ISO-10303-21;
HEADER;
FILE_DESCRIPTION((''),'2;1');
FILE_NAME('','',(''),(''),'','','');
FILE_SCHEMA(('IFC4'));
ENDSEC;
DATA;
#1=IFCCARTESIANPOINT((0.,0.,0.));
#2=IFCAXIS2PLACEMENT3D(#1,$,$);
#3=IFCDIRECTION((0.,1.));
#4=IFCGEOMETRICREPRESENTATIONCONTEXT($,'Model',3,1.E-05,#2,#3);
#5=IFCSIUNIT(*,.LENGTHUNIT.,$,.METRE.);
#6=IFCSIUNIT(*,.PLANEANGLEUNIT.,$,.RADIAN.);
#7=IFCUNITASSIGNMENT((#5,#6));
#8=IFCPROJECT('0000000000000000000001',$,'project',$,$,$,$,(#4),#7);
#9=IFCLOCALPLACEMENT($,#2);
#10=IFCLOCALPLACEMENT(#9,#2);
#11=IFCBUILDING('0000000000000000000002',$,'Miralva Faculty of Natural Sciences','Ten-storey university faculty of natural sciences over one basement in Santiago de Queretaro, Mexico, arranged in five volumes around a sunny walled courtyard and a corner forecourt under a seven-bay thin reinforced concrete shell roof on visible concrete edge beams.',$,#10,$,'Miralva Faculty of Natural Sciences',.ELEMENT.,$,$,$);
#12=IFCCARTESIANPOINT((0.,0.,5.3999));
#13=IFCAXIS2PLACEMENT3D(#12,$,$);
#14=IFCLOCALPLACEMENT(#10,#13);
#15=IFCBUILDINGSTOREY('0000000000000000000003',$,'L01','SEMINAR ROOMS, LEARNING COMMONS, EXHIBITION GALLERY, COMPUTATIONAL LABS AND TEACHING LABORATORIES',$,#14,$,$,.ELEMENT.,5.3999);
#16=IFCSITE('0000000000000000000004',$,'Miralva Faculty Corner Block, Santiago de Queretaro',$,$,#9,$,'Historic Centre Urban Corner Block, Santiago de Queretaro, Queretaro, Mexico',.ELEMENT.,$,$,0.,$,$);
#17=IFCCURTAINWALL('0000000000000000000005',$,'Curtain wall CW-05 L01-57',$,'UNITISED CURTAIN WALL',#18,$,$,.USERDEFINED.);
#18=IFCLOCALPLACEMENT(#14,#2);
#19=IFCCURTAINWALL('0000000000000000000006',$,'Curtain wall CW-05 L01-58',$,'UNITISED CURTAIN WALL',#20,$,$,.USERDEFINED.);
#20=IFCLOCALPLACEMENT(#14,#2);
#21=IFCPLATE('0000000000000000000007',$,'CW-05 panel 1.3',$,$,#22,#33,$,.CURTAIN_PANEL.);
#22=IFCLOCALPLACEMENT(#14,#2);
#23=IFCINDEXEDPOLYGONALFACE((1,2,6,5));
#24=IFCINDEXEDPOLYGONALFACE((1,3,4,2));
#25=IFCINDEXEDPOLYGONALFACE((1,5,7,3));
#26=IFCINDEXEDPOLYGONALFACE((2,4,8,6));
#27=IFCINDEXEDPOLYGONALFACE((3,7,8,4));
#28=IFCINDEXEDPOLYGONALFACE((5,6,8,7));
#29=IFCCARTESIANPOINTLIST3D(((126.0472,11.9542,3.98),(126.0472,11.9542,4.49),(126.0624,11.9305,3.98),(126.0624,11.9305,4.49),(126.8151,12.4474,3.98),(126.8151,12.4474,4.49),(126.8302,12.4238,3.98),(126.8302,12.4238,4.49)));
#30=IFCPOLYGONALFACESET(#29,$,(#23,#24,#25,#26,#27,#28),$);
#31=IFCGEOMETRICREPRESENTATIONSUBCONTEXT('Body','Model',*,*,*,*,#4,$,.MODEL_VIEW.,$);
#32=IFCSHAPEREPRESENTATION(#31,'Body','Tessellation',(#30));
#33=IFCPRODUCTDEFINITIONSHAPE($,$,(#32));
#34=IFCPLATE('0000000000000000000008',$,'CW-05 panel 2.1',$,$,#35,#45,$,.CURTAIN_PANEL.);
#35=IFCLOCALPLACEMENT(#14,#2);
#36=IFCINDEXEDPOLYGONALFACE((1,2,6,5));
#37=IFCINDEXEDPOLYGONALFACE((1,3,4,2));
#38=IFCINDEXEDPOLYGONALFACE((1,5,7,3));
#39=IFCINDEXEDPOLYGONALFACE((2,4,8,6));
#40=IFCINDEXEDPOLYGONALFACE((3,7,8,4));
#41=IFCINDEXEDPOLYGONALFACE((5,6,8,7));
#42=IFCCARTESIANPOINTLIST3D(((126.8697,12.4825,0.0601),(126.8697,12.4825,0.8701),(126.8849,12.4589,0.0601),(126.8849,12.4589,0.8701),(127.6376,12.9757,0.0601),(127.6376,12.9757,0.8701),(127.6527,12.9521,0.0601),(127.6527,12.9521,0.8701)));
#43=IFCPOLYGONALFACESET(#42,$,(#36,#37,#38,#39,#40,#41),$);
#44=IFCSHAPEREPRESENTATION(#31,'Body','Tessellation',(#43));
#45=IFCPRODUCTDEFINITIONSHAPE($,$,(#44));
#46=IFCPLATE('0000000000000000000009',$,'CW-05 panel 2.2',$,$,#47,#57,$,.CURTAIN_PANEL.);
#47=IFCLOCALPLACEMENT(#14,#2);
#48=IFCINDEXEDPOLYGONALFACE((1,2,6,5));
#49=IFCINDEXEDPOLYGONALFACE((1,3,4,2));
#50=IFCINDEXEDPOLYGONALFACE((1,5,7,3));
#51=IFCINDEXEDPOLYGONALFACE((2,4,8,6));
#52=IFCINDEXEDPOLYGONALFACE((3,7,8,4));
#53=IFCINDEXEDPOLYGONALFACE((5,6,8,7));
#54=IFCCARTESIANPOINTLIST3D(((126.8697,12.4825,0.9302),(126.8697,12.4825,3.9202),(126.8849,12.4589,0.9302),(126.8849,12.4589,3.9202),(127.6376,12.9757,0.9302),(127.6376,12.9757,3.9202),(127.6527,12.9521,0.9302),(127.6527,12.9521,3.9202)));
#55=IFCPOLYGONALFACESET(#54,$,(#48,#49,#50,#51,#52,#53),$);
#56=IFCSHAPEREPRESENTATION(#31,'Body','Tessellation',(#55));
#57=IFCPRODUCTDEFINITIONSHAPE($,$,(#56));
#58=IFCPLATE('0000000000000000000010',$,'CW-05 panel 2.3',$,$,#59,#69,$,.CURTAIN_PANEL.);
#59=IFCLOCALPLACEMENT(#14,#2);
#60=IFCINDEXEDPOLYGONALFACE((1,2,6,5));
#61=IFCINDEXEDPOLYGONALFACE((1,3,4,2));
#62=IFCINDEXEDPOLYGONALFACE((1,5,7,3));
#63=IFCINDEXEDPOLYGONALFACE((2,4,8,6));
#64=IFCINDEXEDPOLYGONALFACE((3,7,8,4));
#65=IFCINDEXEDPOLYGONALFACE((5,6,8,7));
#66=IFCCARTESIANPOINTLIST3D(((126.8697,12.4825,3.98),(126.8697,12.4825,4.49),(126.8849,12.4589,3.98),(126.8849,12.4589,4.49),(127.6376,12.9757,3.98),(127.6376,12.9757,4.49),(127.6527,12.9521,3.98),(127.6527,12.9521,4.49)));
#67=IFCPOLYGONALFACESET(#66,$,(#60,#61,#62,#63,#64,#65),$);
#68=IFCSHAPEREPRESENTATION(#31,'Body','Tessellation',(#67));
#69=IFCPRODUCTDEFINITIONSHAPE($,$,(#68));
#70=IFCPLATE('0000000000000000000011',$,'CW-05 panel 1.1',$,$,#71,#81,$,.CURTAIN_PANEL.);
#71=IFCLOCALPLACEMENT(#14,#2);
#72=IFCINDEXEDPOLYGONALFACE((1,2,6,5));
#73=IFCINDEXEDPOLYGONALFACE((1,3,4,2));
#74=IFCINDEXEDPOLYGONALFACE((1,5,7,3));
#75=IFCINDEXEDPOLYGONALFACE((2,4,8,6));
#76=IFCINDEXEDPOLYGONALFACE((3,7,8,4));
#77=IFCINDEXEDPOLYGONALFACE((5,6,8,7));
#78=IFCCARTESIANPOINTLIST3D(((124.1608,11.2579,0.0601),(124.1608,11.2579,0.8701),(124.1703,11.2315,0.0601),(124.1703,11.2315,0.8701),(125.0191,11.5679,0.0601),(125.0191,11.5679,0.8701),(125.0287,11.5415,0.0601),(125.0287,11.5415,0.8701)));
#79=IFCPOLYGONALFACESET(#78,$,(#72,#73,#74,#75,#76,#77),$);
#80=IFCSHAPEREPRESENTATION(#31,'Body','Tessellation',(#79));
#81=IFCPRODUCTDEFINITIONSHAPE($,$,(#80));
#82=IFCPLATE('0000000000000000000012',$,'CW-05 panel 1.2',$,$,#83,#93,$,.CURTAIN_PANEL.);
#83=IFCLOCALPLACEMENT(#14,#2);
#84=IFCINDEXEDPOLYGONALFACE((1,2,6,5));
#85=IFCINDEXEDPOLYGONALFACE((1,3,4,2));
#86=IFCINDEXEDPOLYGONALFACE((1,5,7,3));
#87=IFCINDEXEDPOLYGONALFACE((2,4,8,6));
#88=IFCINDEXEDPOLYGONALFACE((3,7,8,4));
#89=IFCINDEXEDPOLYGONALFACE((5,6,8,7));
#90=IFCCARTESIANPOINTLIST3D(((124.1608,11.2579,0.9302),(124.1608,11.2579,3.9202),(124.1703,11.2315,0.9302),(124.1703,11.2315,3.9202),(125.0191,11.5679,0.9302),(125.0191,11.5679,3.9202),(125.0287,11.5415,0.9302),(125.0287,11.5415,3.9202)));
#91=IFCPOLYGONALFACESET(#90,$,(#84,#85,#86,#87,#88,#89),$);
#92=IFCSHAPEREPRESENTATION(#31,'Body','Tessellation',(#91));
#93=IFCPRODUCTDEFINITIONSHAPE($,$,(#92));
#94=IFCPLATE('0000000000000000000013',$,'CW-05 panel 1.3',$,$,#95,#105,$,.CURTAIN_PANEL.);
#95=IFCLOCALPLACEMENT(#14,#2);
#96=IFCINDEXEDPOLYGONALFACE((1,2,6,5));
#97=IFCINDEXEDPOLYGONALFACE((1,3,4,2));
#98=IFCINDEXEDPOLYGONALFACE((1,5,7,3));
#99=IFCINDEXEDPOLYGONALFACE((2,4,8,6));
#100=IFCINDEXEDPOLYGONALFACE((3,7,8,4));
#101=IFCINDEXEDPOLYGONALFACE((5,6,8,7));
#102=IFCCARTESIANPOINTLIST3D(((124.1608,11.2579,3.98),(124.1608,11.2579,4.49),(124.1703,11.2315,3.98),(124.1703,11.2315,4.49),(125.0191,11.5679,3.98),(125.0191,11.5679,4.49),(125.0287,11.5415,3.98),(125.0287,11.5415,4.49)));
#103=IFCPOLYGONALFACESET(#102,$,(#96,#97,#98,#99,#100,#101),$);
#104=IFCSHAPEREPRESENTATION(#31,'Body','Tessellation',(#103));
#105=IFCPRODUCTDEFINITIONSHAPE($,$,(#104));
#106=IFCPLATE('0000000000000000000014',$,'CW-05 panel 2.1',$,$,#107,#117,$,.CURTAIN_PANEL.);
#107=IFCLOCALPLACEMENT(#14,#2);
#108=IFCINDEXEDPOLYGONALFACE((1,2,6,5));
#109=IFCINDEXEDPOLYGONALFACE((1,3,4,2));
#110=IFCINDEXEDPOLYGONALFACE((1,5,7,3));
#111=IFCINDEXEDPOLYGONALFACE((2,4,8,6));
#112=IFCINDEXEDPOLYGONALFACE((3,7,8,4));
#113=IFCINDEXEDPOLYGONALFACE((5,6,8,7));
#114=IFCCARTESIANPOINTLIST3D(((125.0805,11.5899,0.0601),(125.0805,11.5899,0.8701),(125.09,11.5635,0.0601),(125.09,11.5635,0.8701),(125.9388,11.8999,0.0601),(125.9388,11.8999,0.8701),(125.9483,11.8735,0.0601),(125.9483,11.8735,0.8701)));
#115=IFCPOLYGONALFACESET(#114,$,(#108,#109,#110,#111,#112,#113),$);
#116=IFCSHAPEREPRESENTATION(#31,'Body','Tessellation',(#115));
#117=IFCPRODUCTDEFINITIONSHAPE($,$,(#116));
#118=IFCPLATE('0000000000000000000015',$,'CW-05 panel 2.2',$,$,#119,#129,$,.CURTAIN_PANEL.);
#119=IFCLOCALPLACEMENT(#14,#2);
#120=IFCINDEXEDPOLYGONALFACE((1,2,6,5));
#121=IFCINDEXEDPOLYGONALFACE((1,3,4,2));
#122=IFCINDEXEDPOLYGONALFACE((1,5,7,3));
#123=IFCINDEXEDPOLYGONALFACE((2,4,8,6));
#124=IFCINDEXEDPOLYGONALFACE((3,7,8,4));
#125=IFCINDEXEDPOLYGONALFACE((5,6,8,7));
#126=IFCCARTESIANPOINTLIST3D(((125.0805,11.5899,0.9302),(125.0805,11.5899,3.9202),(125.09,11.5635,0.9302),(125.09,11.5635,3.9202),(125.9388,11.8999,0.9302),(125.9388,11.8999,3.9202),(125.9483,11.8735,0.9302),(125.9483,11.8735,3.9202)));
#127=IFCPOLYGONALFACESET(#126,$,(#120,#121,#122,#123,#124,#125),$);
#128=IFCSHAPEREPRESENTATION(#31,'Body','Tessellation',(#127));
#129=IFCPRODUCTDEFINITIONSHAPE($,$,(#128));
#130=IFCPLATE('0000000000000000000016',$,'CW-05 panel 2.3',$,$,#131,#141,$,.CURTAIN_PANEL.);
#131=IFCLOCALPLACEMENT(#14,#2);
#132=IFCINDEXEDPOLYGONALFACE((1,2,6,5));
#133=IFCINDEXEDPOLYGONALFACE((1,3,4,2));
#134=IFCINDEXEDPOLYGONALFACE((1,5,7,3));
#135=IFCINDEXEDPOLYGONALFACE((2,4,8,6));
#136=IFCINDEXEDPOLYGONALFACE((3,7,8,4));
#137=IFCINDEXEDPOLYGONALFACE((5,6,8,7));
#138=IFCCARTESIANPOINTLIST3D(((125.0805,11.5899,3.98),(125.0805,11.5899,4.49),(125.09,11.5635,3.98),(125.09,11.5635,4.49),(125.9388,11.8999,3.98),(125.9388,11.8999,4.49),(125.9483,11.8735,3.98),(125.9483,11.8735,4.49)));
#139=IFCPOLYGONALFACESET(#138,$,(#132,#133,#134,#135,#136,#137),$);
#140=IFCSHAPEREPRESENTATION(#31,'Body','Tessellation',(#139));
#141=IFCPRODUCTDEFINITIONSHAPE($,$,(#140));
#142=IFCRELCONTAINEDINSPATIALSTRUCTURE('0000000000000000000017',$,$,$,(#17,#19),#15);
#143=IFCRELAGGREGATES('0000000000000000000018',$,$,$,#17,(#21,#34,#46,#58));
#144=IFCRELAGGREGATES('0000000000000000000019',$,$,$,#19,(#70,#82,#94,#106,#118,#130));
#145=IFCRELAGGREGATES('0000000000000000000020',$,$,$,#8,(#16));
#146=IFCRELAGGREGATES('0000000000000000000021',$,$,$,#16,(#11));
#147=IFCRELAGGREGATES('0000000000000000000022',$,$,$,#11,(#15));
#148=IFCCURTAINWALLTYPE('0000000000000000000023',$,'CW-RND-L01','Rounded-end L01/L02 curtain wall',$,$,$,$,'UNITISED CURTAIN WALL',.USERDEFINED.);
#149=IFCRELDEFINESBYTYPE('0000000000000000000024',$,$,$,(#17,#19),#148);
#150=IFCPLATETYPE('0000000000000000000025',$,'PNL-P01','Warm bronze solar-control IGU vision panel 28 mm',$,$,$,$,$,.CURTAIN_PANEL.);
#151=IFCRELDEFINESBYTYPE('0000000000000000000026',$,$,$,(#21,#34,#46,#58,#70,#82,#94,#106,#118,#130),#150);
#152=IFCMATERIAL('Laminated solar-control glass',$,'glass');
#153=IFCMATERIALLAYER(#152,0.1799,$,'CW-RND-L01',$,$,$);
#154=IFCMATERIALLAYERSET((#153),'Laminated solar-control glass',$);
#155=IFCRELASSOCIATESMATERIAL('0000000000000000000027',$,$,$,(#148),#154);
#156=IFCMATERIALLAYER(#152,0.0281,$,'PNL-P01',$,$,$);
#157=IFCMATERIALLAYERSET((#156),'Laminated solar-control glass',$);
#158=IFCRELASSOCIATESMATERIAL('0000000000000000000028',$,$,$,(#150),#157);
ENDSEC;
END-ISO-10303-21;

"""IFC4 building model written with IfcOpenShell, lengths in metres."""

from ifc_helpers import new_model, si_unit, direction, frame, origin, origin_2d, place, context, subcontext, project, spatial, rectangle, extrude, material, layer, layer_set, type_object, element, aggregate, save


model = new_model("IFC4")

# Units and contexts
model_context = context("Model", 3, precision=1e-05, world=origin(), true_north=direction((0.0, 1.0)))
body_context = subcontext(model_context, "Body", "Model", "MODEL_VIEW")
ifc_project = project(units=[si_unit("LENGTHUNIT", "METRE"), si_unit("PLANEANGLEUNIT", "RADIAN")], contexts=[model_context])

# Site, building, storey
site_placement = place(None, origin())
site = spatial("IfcSite", under=ifc_project, at=site_placement, Name="Miralva Faculty Corner Block, Santiago de Queretaro", LongName="Historic Centre Urban Corner Block, Santiago de Queretaro, Queretaro, Mexico", CompositionType="ELEMENT", RefElevation=0.0)
building_placement = place(site_placement, origin())
building = spatial("IfcBuilding", under=site, at=building_placement, Name="Miralva Faculty of Natural Sciences", Description="Ten-storey university faculty of natural sciences over one basement in Santiago de Queretaro, Mexico, arranged in five volumes around a sunny walled courtyard and a corner forecourt under a seven-bay thin reinforced concrete shell roof on visible concrete edge beams.", LongName="Miralva Faculty of Natural Sciences", CompositionType="ELEMENT")
storey_placement = place(building_placement, frame((0.0, 0.0, 5.3999)))
storey = spatial("IfcBuildingStorey", under=building, at=storey_placement, Name="L01", Description="SEMINAR ROOMS, LEARNING COMMONS, EXHIBITION GALLERY, COMPUTATIONAL LABS AND TEACHING LABORATORIES", CompositionType="ELEMENT", Elevation=5.3999)

# Shared definitions
ifc_material_1 = material(Name="Laminated solar-control glass", Category="glass")
ifc_layer_1 = layer(ifc_material_1, 0.1799, Name="CW-RND-L01")
ifc_layer_set_1 = layer_set([ifc_layer_1], Name="Laminated solar-control glass")
curtain_wall_type = type_object("IfcCurtainWallType", Name="CW-RND-L01", Description="Rounded-end L01/L02 curtain wall", ElementType="UNITISED CURTAIN WALL", PredefinedType="USERDEFINED", material=ifc_layer_set_1)

# Curtain walls
curtain_wall_1_placement = place(storey_placement, origin())
curtain_wall_1 = element("IfcCurtainWall", 1, at=curtain_wall_1_placement, inside=storey, type_object=curtain_wall_type, Name="Curtain wall CW-05 L01-57", ObjectType="UNITISED CURTAIN WALL", PredefinedType="USERDEFINED")
curtain_wall_2_placement = place(storey_placement, origin())
curtain_wall_2 = element("IfcCurtainWall", 2, at=curtain_wall_2_placement, inside=storey, type_object=curtain_wall_type, Name="Curtain wall CW-05 L01-58", ObjectType="UNITISED CURTAIN WALL", PredefinedType="USERDEFINED")

# Plates
ifc_layer_2 = layer(ifc_material_1, 0.0281, Name="PNL-P01")
ifc_layer_set_2 = layer_set([ifc_layer_2], Name="Laminated solar-control glass")
plate_type = type_object("IfcPlateType", Name="PNL-P01", Description="Warm bronze solar-control IGU vision panel 28 mm", PredefinedType="CURTAIN_PANEL", material=ifc_layer_set_2)
plate_1_placement = place(storey_placement, frame((126.4387, 12.189, 3.98), z_axis=(0.0, 0.0, 1.0), x_axis=(0.841379, 0.540445, 0.0)))
plate_1 = element("IfcPlate", 3, at=plate_1_placement, type_object=plate_type, Name="CW-05 panel 1.3", PredefinedType="CURTAIN_PANEL", context=body_context, shape_type="SweptSolid", body=[
    extrude(rectangle(XDim=0.9126, YDim=0.0281, at=origin_2d()), origin(), (0.0, 0.0, 1.0), 0.51),
])
plate_2_placement = place(storey_placement, frame((127.2612, 12.7173, 0.0601), z_axis=(0.0, 0.0, 1.0), x_axis=(0.841379, 0.540445, 0.0)))
plate_2 = element("IfcPlate", 4, at=plate_2_placement, type_object=plate_type, Name="CW-05 panel 2.1", PredefinedType="CURTAIN_PANEL", context=body_context, shape_type="SweptSolid", body=[
    extrude(rectangle(XDim=0.9126, YDim=0.0281, at=origin_2d()), origin(), (0.0, 0.0, 1.0), 0.8101),
])
plate_3_placement = place(storey_placement, frame((127.2612, 12.7173, 0.9302), z_axis=(0.0, 0.0, 1.0), x_axis=(0.841379, 0.540445, 0.0)))
plate_3 = element("IfcPlate", 5, at=plate_3_placement, type_object=plate_type, Name="CW-05 panel 2.2", PredefinedType="CURTAIN_PANEL", context=body_context, shape_type="SweptSolid", body=[
    extrude(rectangle(XDim=0.9126, YDim=0.0281, at=origin_2d()), origin(), (0.0, 0.0, 1.0), 2.99),
])
plate_4_placement = place(storey_placement, frame((127.2612, 12.7173, 3.98), z_axis=(0.0, 0.0, 1.0), x_axis=(0.841379, 0.540445, 0.0)))
plate_4 = element("IfcPlate", 6, at=plate_4_placement, type_object=plate_type, Name="CW-05 panel 2.3", PredefinedType="CURTAIN_PANEL", context=body_context, shape_type="SweptSolid", body=[
    extrude(rectangle(XDim=0.9126, YDim=0.0281, at=origin_2d()), origin(), (0.0, 0.0, 1.0), 0.51),
])
aggregate(curtain_wall_1, [plate_1, plate_2, plate_3, plate_4])
plate_5_placement = place(storey_placement, frame((124.5947, 11.3997, 0.0601), z_axis=(0.0, 0.0, 1.0), x_axis=(0.940535, 0.339696, 0.0)))
plate_5 = element("IfcPlate", 7, at=plate_5_placement, type_object=plate_type, Name="CW-05 panel 1.1", PredefinedType="CURTAIN_PANEL", context=body_context, shape_type="SweptSolid", body=[
    extrude(rectangle(XDim=0.9126, YDim=0.0281, at=origin_2d()), origin(), (0.0, 0.0, 1.0), 0.8101),
])
plate_6_placement = place(storey_placement, frame((124.5947, 11.3997, 0.9302), z_axis=(0.0, 0.0, 1.0), x_axis=(0.940535, 0.339696, 0.0)))
plate_6 = element("IfcPlate", 8, at=plate_6_placement, type_object=plate_type, Name="CW-05 panel 1.2", PredefinedType="CURTAIN_PANEL", context=body_context, shape_type="SweptSolid", body=[
    extrude(rectangle(XDim=0.9126, YDim=0.0281, at=origin_2d()), origin(), (0.0, 0.0, 1.0), 2.99),
])
plate_7_placement = place(storey_placement, frame((124.5947, 11.3997, 3.98), z_axis=(0.0, 0.0, 1.0), x_axis=(0.940535, 0.339696, 0.0)))
plate_7 = element("IfcPlate", 9, at=plate_7_placement, type_object=plate_type, Name="CW-05 panel 1.3", PredefinedType="CURTAIN_PANEL", context=body_context, shape_type="SweptSolid", body=[
    extrude(rectangle(XDim=0.9126, YDim=0.0281, at=origin_2d()), origin(), (0.0, 0.0, 1.0), 0.51),
])
plate_8_placement = place(storey_placement, frame((125.5144, 11.7317, 0.0601), z_axis=(0.0, 0.0, 1.0), x_axis=(0.940535, 0.339696, 0.0)))
plate_8 = element("IfcPlate", 10, at=plate_8_placement, type_object=plate_type, Name="CW-05 panel 2.1", PredefinedType="CURTAIN_PANEL", context=body_context, shape_type="SweptSolid", body=[
    extrude(rectangle(XDim=0.9126, YDim=0.0281, at=origin_2d()), origin(), (0.0, 0.0, 1.0), 0.8101),
])
plate_9_placement = place(storey_placement, frame((125.5144, 11.7317, 0.9302), z_axis=(0.0, 0.0, 1.0), x_axis=(0.940535, 0.339696, 0.0)))
plate_9 = element("IfcPlate", 11, at=plate_9_placement, type_object=plate_type, Name="CW-05 panel 2.2", PredefinedType="CURTAIN_PANEL", context=body_context, shape_type="SweptSolid", body=[
    extrude(rectangle(XDim=0.9126, YDim=0.0281, at=origin_2d()), origin(), (0.0, 0.0, 1.0), 2.99),
])
plate_10_placement = place(storey_placement, frame((125.5144, 11.7317, 3.98), z_axis=(0.0, 0.0, 1.0), x_axis=(0.940535, 0.339696, 0.0)))
plate_10 = element("IfcPlate", 12, at=plate_10_placement, type_object=plate_type, Name="CW-05 panel 2.3", PredefinedType="CURTAIN_PANEL", context=body_context, shape_type="SweptSolid", body=[
    extrude(rectangle(XDim=0.9126, YDim=0.0281, at=origin_2d()), origin(), (0.0, 0.0, 1.0), 0.51),
])
aggregate(curtain_wall_2, [plate_5, plate_6, plate_7, plate_8, plate_9, plate_10])

save(model, "model.ifc")
